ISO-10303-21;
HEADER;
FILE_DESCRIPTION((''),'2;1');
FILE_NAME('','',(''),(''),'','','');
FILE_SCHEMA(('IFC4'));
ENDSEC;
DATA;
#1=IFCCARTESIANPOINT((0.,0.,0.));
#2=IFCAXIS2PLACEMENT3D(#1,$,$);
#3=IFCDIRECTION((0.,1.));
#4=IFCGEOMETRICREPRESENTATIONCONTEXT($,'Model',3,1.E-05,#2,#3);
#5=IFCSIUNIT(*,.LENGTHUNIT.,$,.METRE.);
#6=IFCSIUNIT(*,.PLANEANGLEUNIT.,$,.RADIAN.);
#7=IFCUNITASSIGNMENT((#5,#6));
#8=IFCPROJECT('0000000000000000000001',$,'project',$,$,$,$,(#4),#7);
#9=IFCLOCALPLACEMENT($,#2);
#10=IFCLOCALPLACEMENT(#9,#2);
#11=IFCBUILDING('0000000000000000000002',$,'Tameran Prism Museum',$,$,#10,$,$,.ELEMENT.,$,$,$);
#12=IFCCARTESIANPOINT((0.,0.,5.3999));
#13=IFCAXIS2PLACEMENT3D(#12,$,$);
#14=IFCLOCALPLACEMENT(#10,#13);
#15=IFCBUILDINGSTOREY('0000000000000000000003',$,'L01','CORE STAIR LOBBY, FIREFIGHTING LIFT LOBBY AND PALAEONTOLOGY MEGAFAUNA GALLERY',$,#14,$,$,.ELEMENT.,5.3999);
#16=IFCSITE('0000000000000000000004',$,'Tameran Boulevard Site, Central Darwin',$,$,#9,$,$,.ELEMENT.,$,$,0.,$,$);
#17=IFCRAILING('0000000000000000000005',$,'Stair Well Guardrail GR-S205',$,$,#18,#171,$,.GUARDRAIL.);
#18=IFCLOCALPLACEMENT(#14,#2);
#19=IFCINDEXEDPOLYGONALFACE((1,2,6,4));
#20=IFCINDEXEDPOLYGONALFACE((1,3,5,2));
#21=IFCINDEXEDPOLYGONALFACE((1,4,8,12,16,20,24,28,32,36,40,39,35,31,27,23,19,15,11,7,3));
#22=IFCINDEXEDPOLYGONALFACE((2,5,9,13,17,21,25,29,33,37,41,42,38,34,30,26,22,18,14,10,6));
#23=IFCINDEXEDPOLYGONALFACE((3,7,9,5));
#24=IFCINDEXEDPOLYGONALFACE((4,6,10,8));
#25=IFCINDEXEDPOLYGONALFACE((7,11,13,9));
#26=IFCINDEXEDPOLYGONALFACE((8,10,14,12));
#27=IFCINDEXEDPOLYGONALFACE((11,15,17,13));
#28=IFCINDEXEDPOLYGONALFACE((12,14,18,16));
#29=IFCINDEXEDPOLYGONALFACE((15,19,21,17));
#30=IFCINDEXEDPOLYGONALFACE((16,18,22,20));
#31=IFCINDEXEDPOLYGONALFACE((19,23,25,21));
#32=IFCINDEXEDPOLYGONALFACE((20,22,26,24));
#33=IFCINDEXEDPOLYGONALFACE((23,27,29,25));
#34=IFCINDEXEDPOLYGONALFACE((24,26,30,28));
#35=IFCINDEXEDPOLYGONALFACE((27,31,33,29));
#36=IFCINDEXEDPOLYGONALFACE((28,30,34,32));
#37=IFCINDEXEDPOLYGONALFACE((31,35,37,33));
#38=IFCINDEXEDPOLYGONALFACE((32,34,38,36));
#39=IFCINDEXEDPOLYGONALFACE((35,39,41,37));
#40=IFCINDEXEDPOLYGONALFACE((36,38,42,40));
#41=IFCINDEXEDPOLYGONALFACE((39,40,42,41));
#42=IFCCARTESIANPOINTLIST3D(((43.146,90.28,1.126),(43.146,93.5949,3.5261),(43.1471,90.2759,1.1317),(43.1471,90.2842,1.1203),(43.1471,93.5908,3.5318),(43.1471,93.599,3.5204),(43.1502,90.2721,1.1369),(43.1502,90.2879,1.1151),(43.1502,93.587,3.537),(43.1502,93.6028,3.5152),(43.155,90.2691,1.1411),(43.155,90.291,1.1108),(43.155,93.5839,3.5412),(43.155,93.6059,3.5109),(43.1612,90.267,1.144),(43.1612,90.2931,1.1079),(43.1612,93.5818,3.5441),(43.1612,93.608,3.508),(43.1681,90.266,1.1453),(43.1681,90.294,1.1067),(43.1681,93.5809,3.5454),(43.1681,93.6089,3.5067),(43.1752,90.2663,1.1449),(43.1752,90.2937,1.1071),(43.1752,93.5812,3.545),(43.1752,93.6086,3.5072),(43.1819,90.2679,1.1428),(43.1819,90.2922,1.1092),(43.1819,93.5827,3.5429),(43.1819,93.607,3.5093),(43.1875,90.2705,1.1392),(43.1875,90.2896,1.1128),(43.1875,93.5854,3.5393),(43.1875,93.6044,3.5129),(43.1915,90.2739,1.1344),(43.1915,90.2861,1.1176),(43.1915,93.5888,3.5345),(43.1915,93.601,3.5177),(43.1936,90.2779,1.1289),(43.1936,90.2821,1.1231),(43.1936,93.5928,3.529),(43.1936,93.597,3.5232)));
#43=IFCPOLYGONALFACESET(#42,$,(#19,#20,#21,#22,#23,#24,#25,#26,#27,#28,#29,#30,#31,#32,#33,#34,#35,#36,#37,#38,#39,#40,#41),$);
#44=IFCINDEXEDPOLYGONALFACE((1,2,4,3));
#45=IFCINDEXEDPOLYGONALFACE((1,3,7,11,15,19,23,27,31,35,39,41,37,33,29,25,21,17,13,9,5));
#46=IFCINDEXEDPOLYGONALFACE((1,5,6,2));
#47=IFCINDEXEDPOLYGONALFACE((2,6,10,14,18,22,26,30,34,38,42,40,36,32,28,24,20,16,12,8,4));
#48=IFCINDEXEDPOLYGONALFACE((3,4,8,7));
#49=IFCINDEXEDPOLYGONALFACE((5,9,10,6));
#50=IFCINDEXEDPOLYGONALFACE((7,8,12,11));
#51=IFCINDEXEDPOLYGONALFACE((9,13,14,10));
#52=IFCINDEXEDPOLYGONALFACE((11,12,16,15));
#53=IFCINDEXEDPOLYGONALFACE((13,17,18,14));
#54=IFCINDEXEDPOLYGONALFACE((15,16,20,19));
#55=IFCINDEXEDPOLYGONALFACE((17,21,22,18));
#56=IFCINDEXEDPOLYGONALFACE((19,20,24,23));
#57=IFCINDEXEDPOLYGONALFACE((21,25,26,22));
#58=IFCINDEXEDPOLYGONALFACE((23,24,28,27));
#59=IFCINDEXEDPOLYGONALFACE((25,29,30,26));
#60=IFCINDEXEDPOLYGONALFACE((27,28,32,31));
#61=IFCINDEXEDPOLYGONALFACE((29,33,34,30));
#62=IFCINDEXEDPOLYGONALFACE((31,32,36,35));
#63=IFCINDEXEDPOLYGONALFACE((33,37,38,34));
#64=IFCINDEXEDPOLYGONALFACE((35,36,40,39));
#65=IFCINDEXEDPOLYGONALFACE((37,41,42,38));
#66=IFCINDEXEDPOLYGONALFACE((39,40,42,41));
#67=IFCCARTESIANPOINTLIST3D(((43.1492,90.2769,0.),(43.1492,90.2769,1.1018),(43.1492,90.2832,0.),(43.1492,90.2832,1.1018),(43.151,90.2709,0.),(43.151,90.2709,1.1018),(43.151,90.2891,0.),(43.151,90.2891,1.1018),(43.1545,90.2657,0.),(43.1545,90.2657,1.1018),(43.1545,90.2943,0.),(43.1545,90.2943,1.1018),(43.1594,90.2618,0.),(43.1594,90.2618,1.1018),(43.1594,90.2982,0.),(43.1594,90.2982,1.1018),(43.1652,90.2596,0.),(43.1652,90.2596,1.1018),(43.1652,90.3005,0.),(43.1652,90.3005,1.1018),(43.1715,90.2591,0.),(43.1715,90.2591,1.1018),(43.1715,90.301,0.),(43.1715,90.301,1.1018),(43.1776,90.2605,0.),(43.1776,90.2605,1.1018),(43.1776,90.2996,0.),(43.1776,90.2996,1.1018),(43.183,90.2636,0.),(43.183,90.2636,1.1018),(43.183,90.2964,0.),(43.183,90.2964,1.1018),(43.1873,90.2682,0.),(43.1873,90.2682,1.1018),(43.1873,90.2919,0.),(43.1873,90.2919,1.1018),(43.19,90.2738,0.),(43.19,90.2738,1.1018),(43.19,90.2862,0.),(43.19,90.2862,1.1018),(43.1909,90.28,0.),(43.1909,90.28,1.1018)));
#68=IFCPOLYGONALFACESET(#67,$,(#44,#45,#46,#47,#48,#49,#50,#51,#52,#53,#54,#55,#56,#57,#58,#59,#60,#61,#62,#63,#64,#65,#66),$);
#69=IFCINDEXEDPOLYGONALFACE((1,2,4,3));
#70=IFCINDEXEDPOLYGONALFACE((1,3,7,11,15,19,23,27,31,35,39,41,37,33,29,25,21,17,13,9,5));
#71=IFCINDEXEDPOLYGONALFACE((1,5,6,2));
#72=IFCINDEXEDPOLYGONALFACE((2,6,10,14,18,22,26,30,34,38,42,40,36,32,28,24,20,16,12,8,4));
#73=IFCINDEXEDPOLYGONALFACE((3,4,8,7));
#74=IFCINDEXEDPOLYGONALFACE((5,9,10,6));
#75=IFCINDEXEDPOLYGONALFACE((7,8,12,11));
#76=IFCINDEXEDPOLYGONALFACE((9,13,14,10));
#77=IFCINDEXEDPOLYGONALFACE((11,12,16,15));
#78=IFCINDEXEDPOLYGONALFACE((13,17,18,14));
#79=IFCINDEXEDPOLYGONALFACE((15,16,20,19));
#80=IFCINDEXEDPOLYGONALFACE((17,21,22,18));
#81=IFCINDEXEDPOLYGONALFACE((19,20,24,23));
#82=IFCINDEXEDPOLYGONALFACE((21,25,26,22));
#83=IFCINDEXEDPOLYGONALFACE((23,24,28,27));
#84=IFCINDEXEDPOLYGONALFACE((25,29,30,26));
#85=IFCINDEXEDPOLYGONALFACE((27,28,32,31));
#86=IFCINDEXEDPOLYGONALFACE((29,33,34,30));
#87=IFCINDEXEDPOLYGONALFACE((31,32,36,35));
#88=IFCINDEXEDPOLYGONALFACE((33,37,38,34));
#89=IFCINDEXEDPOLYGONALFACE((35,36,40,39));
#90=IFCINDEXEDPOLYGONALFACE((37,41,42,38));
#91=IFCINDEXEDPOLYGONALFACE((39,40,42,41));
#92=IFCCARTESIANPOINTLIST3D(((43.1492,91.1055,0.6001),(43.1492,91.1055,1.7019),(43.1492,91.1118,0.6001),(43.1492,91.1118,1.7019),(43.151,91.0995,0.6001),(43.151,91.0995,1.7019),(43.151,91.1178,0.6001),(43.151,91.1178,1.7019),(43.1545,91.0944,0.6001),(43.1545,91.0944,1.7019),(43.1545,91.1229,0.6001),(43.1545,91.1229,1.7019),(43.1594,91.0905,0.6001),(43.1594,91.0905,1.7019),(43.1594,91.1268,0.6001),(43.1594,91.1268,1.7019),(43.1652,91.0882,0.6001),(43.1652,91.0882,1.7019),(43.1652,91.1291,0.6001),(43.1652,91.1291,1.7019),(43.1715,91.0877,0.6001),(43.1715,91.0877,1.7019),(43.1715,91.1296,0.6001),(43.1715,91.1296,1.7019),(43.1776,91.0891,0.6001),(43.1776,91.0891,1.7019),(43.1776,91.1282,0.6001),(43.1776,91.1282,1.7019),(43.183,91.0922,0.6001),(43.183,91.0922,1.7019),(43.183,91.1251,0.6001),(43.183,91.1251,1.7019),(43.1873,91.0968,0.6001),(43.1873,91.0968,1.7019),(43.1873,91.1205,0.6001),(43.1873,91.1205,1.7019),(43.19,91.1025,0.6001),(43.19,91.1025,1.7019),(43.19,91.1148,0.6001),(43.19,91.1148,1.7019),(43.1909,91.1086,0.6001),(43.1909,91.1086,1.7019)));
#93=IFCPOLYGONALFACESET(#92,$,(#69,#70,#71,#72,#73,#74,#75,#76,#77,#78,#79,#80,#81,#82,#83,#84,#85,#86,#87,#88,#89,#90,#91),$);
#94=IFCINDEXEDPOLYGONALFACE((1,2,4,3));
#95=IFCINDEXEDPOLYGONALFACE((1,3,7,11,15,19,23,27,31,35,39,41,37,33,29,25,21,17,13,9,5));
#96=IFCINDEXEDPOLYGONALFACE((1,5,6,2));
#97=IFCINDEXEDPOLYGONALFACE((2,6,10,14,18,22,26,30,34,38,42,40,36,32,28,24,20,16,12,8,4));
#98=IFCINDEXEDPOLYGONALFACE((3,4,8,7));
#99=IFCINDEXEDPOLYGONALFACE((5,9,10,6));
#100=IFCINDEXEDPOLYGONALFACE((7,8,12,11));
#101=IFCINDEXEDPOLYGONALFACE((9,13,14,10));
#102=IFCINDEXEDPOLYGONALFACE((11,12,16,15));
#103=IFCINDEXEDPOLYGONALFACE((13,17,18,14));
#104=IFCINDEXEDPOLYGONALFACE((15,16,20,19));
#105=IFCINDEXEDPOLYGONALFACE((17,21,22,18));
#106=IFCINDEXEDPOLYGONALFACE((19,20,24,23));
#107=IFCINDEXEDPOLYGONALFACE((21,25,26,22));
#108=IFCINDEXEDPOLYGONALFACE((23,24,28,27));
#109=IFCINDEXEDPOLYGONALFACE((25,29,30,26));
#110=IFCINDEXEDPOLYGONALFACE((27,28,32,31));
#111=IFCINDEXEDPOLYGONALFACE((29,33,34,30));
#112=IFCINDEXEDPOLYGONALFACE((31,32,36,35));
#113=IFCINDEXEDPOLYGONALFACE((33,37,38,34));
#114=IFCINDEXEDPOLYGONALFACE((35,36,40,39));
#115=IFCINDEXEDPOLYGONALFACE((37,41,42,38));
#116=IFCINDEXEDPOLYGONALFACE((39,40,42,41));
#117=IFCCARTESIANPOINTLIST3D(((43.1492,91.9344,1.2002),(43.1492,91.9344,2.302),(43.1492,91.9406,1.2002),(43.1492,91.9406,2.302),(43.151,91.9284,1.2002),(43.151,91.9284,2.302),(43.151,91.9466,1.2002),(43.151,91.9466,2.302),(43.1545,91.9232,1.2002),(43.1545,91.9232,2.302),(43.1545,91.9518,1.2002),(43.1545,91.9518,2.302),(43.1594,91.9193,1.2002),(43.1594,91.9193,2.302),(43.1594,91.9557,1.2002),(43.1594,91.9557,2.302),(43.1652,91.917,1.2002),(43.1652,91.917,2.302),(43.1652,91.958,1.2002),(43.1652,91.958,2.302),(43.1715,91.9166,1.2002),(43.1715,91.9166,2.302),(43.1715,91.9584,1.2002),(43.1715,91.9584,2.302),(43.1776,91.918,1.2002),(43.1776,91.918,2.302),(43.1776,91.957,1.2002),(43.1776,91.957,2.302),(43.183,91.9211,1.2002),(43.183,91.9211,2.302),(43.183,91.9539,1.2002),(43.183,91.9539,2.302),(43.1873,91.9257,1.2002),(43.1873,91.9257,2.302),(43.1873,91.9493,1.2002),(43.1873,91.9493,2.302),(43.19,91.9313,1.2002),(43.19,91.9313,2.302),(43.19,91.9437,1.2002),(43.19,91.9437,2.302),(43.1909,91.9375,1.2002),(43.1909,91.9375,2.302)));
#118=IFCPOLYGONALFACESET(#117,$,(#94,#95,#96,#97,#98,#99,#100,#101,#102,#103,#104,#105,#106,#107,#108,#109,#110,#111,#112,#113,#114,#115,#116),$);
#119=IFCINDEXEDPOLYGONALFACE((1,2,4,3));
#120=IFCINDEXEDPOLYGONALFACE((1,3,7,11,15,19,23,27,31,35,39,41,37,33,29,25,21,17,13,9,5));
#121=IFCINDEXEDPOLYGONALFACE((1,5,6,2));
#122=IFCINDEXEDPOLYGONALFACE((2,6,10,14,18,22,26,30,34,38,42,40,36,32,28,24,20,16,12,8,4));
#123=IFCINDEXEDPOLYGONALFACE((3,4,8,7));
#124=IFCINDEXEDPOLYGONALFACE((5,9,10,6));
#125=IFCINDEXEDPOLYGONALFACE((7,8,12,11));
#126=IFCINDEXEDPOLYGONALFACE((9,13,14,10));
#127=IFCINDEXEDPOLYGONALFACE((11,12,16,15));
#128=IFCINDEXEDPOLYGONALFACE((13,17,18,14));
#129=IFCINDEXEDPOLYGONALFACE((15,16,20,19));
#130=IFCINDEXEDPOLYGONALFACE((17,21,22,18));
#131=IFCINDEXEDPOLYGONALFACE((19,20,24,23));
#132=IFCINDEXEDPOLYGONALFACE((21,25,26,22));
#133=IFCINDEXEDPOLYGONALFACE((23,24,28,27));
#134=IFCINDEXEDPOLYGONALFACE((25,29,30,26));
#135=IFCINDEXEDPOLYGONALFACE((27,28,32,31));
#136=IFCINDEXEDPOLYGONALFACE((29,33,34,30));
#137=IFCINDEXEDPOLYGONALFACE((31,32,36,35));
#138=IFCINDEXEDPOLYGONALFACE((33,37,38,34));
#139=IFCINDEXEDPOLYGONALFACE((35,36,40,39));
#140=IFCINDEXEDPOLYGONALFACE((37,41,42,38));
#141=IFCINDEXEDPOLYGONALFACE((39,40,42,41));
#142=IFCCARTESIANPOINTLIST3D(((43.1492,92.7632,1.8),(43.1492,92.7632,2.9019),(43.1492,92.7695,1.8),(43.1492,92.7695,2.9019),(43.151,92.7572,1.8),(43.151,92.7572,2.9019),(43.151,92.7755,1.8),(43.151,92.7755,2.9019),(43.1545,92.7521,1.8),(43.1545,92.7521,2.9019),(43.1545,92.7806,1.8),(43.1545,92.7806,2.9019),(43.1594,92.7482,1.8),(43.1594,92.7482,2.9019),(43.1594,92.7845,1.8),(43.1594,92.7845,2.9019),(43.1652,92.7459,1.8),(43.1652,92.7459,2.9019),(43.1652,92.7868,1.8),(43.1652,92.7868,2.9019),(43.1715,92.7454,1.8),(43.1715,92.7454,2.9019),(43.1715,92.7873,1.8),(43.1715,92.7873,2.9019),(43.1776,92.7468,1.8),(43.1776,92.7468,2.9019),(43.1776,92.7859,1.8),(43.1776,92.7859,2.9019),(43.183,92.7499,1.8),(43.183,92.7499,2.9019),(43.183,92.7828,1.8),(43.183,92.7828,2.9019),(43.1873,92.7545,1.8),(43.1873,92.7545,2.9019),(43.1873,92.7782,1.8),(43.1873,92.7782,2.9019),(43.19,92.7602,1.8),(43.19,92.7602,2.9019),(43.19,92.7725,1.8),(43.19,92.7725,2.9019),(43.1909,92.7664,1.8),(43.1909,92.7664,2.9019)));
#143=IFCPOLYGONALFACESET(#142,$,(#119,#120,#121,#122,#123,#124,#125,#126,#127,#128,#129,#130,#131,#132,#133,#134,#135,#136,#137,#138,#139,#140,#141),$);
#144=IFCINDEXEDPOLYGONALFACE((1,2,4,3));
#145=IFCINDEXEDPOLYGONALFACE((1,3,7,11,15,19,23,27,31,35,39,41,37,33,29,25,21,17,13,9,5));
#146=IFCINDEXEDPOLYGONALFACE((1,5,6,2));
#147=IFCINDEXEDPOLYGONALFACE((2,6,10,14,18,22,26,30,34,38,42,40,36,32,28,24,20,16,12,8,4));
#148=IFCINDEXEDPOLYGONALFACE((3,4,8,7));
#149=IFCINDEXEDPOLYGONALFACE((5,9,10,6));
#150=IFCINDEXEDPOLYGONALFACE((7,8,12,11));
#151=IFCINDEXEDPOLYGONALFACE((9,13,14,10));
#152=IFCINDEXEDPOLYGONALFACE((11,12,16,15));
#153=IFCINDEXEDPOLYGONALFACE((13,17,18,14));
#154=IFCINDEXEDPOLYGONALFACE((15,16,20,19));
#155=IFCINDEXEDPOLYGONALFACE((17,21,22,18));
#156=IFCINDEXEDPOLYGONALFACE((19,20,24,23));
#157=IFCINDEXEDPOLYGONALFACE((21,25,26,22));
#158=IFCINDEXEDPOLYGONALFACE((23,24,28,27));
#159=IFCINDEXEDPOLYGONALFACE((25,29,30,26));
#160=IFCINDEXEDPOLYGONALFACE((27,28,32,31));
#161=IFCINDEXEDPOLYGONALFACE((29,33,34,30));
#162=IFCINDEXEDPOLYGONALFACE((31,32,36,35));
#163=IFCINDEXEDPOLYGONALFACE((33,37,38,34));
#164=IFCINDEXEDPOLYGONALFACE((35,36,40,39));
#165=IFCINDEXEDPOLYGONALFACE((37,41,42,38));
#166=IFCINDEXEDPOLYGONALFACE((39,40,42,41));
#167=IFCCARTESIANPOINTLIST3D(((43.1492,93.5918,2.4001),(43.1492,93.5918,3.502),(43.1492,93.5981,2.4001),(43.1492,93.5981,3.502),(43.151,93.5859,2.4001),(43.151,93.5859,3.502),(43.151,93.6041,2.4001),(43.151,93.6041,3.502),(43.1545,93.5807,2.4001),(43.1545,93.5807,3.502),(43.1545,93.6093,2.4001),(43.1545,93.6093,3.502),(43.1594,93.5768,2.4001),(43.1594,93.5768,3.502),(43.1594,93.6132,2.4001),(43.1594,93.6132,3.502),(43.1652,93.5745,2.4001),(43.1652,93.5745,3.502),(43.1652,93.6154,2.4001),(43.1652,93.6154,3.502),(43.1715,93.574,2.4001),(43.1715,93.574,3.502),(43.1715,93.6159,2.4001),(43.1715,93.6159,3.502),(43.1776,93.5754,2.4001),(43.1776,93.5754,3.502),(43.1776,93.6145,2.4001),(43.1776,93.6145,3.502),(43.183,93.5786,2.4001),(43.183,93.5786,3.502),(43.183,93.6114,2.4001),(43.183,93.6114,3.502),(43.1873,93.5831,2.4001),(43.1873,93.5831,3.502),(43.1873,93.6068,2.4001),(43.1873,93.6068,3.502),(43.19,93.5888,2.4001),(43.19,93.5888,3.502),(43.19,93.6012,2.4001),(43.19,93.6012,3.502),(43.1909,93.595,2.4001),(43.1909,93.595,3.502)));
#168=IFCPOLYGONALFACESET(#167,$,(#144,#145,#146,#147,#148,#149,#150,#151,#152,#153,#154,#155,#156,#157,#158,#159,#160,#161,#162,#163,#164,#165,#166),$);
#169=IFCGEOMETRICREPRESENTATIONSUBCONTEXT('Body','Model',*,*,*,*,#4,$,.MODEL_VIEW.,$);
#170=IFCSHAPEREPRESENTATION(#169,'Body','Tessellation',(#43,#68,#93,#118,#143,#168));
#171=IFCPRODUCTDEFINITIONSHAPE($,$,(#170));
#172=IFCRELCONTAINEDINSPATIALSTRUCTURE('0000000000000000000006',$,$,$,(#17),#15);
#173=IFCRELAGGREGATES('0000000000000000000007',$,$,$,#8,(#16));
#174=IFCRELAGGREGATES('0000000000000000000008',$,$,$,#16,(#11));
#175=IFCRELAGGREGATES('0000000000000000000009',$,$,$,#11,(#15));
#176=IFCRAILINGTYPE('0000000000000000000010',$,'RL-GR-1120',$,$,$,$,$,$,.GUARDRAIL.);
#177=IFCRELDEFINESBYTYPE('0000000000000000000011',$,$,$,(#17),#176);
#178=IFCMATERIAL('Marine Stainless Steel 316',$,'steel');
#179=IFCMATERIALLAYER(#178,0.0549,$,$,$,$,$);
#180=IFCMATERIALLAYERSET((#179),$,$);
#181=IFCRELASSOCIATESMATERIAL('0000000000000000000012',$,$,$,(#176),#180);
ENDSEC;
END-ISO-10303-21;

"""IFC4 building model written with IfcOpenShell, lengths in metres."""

from ifc_helpers import new_model, si_unit, direction, frame, origin, origin_2d, place, context, subcontext, project, spatial, circle, extrude, material, layer, layer_set, type_object, element, save


model = new_model("IFC4")

# Units and contexts
model_context = context("Model", 3, precision=1e-05, world=origin(), true_north=direction((0.0, 1.0)))
body_context = subcontext(model_context, "Body", "Model", "MODEL_VIEW")
ifc_project = project(units=[si_unit("LENGTHUNIT", "METRE"), si_unit("PLANEANGLEUNIT", "RADIAN")], contexts=[model_context])

# Site, building, storey
site_placement = place(None, origin())
site = spatial("IfcSite", under=ifc_project, at=site_placement, Name="Tameran Boulevard Site, Central Darwin", CompositionType="ELEMENT", RefElevation=0.0)
building_placement = place(site_placement, origin())
building = spatial("IfcBuilding", under=site, at=building_placement, Name="Tameran Prism Museum", CompositionType="ELEMENT")
storey_placement = place(building_placement, frame((0.0, 0.0, 5.3999)))
storey = spatial("IfcBuildingStorey", under=building, at=storey_placement, Name="L01", Description="CORE STAIR LOBBY, FIREFIGHTING LIFT LOBBY AND PALAEONTOLOGY MEGAFAUNA GALLERY", CompositionType="ELEMENT", Elevation=5.3999)

# Railing
ifc_material_1 = material(Name="Marine Stainless Steel 316", Category="steel")
ifc_layer_1 = layer(ifc_material_1, 0.0549)
ifc_layer_set_1 = layer_set([ifc_layer_1])
railing_type_1 = type_object("IfcRailingType", Name="RL-GR-1120", PredefinedType="GUARDRAIL", material=ifc_layer_set_1)
railing_1_placement = place(storey_placement, frame((43.1699, 90.28, 0.0)))
element("IfcRailing", 1, at=railing_1_placement, inside=storey, type_object=railing_type_1, Name="Stair Well Guardrail GR-S205", PredefinedType="GUARDRAIL", context=body_context, shape_type="SweptSolid", body=[
    extrude(circle(Radius=0.0239, at=origin_2d()), frame((0.0, 0.0, 1.126), z_axis=(0.0, 0.80998, 0.586457), x_axis=(-1.0, 0.0, 0.0)), (0.0, 0.0, 1.0), 4.0925),
    extrude(circle(Radius=0.021, at=origin_2d()), origin(), (0.0, 0.0, 1.0), 1.1018),
    extrude(circle(Radius=0.021, at=origin_2d()), frame((0.0, 0.8286, 0.6001)), (0.0, 0.0, 1.0), 1.1018),
    extrude(circle(Radius=0.021, at=origin_2d()), frame((0.0, 1.6575, 1.2002)), (0.0, 0.0, 1.0), 1.1018),
    extrude(circle(Radius=0.021, at=origin_2d()), frame((0.0, 2.4863, 1.8)), (0.0, 0.0, 1.0), 1.1018),
    extrude(circle(Radius=0.021, at=origin_2d()), frame((0.0, 3.3149, 2.4001)), (0.0, 0.0, 1.0), 1.1018),
])

save(model, "model.ifc")
